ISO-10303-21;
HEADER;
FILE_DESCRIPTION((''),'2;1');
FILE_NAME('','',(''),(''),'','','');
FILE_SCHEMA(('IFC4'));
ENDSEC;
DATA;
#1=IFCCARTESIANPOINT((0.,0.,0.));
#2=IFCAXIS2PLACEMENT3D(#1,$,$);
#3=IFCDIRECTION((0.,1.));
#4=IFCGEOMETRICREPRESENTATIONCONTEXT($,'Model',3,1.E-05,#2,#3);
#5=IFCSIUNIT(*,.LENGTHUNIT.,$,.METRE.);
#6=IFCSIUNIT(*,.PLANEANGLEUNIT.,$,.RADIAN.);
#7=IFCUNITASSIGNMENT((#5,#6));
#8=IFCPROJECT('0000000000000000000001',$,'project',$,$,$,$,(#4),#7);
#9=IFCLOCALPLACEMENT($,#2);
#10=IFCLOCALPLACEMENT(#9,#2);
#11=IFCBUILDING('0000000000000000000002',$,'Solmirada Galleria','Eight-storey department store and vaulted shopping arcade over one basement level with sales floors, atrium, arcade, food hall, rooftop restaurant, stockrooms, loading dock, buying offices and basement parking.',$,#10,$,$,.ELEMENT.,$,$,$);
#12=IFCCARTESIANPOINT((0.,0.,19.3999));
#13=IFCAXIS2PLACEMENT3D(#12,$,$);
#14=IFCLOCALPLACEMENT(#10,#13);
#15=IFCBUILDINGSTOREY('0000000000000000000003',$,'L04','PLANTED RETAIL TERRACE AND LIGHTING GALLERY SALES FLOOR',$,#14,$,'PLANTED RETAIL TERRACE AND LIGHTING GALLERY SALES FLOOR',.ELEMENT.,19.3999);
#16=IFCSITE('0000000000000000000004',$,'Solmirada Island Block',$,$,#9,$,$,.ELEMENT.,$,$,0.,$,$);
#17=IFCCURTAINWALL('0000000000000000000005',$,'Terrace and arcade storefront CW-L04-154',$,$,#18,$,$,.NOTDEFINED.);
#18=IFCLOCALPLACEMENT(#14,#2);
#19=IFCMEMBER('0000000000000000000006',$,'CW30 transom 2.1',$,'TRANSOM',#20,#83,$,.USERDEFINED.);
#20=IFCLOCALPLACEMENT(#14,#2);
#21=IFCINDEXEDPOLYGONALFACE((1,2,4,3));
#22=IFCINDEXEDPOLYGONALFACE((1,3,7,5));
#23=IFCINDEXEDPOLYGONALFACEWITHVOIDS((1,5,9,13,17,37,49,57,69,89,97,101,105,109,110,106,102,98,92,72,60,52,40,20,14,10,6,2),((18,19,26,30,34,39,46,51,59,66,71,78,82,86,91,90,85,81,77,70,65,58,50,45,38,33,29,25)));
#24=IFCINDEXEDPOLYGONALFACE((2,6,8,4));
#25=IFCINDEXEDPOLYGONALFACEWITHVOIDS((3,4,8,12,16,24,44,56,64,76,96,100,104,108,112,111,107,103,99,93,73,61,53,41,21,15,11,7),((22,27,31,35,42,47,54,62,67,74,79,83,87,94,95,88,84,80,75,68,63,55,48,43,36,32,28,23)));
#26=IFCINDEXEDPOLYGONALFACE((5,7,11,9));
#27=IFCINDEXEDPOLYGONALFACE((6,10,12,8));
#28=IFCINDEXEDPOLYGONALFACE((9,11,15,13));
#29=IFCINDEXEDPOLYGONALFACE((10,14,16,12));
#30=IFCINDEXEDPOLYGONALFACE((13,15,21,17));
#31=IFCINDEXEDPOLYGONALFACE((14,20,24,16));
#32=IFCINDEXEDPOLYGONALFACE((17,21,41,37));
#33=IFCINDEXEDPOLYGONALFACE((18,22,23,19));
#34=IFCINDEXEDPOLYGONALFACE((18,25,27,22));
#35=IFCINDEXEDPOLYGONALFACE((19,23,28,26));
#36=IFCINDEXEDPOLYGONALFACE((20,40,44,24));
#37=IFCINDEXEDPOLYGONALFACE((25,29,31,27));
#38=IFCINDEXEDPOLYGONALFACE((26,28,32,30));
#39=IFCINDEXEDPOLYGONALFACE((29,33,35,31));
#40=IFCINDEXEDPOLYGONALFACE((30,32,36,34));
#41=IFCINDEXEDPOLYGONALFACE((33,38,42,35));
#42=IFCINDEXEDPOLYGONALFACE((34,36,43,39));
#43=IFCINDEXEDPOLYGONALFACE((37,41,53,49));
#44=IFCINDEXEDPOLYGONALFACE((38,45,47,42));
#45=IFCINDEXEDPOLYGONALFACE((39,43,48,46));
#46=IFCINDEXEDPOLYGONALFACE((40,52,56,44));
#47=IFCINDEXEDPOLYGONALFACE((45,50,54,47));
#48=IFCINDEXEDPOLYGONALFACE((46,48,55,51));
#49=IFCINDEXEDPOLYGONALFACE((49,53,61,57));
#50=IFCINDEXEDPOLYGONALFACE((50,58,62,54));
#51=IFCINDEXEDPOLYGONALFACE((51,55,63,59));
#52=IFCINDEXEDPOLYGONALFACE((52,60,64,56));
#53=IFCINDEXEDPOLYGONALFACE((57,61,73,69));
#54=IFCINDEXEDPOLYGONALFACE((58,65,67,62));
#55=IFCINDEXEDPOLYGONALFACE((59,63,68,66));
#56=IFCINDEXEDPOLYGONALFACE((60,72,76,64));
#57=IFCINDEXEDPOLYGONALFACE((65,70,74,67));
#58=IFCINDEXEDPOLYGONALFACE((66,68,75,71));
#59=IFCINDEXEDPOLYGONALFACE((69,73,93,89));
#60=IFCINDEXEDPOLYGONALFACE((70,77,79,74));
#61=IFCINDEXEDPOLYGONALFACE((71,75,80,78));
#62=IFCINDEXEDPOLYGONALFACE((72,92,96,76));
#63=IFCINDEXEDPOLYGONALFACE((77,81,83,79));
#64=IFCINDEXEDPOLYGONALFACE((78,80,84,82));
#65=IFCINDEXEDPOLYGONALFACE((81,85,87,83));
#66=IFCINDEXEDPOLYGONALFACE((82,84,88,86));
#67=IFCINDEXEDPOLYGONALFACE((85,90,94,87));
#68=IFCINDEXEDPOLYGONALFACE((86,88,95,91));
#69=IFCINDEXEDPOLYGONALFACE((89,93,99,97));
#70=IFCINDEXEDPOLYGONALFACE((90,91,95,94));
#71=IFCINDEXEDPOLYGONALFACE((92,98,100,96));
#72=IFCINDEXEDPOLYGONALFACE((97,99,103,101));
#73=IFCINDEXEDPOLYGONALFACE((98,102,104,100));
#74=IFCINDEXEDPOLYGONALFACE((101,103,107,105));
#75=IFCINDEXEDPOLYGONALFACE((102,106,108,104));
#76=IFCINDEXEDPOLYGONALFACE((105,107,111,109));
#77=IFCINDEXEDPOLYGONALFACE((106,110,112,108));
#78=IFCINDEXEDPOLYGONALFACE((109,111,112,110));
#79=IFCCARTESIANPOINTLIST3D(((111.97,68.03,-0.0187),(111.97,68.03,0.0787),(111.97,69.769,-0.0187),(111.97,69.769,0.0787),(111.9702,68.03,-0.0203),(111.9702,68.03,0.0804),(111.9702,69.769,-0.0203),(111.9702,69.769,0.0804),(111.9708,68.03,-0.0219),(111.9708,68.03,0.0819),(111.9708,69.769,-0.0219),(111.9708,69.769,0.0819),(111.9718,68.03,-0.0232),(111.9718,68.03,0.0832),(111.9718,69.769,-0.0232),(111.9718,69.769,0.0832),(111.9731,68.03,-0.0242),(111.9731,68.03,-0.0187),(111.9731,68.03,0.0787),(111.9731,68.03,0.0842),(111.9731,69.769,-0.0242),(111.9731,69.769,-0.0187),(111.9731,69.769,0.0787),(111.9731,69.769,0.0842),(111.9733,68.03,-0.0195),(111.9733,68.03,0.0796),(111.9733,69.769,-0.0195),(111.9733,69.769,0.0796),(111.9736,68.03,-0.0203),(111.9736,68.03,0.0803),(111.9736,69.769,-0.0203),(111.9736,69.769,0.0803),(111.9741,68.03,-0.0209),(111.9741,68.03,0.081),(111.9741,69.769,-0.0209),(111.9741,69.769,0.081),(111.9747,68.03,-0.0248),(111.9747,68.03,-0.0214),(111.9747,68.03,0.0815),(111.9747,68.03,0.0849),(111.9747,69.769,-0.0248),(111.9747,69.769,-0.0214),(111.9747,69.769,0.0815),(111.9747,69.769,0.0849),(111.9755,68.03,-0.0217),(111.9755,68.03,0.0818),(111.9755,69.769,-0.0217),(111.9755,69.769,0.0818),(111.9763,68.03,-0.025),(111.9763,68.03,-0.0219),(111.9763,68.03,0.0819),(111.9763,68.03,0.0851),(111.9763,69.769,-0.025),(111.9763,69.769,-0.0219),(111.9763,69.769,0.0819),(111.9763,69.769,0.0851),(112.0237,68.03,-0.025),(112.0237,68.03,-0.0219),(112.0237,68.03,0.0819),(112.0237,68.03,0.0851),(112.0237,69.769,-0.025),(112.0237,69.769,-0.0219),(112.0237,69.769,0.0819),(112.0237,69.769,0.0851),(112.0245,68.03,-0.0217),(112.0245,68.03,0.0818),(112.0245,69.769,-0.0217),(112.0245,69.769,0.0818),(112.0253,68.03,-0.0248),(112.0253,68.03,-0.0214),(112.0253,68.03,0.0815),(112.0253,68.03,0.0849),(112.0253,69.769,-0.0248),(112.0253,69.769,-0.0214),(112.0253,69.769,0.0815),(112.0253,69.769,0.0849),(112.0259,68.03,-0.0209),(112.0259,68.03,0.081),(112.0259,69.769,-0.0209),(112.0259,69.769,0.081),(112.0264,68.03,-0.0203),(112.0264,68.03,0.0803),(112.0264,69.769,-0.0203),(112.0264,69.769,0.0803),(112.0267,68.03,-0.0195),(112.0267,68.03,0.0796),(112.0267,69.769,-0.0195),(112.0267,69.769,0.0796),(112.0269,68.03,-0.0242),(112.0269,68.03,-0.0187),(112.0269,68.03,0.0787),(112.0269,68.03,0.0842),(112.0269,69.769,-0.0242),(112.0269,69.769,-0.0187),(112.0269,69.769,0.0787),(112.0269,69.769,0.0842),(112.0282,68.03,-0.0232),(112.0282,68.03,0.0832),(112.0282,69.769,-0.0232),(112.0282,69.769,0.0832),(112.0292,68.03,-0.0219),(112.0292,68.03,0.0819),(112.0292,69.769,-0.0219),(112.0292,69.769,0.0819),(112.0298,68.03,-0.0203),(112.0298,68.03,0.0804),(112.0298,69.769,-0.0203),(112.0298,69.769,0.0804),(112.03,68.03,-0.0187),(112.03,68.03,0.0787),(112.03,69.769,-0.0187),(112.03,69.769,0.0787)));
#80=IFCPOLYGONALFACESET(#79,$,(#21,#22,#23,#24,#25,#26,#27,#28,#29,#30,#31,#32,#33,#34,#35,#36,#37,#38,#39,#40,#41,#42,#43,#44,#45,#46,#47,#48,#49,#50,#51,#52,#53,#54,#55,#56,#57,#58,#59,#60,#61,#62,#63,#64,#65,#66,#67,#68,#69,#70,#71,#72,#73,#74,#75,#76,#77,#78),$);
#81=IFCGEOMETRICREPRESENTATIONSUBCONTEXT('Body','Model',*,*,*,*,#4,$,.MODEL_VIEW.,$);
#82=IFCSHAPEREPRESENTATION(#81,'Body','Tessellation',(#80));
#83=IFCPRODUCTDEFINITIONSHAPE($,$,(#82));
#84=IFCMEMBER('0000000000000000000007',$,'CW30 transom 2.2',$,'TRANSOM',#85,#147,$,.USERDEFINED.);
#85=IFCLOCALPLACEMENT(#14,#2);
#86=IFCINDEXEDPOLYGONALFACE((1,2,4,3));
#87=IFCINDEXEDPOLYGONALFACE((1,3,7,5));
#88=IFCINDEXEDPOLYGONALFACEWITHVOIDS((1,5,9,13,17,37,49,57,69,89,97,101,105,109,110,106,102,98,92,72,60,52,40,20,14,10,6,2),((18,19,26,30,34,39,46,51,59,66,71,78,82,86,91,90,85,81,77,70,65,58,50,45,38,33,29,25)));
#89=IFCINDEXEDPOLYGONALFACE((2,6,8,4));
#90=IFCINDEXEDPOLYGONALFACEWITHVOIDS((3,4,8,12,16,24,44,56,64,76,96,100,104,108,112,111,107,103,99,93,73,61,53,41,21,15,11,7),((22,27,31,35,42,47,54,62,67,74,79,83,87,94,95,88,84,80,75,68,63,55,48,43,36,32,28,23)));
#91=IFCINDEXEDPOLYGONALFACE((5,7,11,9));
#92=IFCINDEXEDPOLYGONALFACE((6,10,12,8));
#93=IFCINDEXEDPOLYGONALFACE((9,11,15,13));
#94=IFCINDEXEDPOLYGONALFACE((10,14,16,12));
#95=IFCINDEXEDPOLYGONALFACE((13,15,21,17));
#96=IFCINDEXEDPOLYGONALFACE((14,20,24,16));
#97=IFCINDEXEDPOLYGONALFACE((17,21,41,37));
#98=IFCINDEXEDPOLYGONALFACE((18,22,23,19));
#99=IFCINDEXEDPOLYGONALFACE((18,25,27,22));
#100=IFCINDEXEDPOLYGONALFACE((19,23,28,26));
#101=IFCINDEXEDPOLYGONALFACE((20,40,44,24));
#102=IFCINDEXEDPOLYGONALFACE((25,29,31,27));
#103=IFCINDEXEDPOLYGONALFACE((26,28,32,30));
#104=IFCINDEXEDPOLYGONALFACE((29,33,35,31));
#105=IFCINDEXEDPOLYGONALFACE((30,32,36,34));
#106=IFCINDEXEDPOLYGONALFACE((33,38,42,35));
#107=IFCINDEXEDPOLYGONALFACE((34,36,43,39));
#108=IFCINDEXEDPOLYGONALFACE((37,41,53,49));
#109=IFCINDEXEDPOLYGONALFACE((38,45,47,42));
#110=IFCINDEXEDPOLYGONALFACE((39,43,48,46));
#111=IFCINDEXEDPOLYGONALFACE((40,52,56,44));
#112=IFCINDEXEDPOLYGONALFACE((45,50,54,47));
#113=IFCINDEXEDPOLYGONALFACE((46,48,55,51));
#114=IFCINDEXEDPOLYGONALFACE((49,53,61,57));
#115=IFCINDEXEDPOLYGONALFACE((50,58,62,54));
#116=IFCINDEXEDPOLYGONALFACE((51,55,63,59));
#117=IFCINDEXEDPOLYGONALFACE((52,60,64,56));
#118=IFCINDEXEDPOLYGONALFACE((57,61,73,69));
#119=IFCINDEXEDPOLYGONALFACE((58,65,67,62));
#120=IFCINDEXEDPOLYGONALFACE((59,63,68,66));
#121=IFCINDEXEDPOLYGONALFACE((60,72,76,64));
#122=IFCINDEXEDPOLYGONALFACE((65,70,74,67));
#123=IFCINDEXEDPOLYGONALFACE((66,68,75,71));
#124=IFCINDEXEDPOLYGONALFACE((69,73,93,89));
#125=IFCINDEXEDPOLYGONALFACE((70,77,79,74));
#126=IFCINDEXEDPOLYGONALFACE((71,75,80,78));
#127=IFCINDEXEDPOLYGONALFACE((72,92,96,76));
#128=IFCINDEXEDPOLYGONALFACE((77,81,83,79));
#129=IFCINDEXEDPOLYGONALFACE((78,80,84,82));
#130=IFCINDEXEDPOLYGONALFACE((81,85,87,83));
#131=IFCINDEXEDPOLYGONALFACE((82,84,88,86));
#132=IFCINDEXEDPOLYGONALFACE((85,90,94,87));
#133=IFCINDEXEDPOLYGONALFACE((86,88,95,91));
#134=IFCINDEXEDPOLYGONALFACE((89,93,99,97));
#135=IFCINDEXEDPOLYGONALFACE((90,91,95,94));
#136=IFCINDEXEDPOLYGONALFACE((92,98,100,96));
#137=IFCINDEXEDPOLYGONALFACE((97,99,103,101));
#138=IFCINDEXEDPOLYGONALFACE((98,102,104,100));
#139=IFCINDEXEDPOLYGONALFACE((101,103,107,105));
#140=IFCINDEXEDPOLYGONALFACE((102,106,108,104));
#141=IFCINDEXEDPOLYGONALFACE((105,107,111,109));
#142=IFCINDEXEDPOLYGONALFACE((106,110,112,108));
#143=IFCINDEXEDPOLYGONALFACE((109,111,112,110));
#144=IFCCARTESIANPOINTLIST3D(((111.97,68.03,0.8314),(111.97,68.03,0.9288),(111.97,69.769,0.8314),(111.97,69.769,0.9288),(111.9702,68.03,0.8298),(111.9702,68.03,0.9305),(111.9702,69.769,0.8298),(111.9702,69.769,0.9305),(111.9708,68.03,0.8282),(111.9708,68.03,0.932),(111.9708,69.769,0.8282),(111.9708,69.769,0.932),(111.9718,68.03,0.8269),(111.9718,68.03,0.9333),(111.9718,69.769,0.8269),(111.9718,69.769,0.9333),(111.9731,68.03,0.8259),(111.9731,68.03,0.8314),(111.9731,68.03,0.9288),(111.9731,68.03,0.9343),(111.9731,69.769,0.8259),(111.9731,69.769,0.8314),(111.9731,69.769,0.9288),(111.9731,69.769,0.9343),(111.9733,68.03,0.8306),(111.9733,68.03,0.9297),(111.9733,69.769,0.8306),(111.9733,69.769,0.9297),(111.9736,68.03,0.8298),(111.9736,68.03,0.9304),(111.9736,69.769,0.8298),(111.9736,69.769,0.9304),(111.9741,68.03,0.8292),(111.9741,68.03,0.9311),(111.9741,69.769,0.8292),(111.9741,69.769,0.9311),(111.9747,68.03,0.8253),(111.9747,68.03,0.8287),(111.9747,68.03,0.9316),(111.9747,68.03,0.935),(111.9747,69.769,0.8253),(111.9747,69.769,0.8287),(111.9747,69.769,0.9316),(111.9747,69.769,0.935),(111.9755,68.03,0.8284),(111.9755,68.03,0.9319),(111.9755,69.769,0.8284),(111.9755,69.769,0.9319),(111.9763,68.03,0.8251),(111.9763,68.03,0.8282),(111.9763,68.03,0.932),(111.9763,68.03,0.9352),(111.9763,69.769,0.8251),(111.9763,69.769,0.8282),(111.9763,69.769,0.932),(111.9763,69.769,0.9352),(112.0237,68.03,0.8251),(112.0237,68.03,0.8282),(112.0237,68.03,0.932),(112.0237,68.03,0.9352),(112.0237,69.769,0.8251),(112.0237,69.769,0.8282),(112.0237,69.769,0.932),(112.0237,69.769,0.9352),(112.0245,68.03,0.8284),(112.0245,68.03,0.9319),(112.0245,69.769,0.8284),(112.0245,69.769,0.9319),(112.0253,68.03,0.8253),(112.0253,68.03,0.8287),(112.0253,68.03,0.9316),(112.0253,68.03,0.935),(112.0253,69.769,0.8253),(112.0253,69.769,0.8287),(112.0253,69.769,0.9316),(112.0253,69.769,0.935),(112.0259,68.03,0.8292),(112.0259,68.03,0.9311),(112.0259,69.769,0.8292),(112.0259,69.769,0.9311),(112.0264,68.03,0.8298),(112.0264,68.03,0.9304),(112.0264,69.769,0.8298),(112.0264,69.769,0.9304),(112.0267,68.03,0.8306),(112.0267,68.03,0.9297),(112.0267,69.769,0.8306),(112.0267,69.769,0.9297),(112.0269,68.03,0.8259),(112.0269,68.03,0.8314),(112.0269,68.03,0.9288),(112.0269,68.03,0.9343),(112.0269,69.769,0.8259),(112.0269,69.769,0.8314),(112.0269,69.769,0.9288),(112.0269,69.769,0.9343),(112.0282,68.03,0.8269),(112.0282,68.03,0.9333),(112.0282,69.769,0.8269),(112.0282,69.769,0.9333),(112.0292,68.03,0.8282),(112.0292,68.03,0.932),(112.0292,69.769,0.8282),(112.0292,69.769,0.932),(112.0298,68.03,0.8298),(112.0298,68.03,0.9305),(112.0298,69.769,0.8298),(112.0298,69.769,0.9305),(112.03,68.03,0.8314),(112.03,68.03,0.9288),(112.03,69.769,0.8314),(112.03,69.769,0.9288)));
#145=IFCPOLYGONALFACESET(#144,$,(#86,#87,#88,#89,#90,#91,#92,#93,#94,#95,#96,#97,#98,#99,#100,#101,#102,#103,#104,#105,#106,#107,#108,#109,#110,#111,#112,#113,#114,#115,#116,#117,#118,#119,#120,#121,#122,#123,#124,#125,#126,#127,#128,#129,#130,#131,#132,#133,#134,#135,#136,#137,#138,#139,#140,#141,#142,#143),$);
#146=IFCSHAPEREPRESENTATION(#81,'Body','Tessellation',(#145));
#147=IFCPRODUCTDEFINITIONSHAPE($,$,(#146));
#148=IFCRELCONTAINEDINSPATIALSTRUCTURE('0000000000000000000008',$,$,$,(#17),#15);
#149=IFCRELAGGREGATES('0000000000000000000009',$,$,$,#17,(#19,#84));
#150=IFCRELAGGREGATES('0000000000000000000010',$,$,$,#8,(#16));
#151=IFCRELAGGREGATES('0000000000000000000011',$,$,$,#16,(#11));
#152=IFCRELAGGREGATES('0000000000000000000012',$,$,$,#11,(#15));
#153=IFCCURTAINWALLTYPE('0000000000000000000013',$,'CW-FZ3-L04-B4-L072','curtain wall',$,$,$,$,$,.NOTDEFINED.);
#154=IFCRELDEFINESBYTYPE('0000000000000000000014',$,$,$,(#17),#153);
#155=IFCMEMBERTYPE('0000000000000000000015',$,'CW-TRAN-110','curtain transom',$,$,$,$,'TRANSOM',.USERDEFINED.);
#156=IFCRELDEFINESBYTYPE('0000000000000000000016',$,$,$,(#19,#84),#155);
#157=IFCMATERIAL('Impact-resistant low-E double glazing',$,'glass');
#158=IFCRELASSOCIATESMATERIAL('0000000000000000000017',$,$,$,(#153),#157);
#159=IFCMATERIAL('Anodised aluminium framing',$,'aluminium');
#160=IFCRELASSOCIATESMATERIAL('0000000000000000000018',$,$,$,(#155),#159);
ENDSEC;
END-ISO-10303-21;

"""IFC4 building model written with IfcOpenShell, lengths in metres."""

from ifc_helpers import new_model, si_unit, direction, frame, origin, origin_2d, place, context, subcontext, project, spatial, hollow_rectangle, extrude, material, material_profile, profile_set, type_object, element, aggregate, save


model = new_model("IFC4")

# Units and contexts
model_context = context("Model", 3, precision=1e-05, world=origin(), true_north=direction((0.0, 1.0)))
body_context = subcontext(model_context, "Body", "Model", "MODEL_VIEW")
ifc_project = project(units=[si_unit("LENGTHUNIT", "METRE"), si_unit("PLANEANGLEUNIT", "RADIAN")], contexts=[model_context])

# Site, building, storey
site_placement = place(None, origin())
site = spatial("IfcSite", under=ifc_project, at=site_placement, Name="Solmirada Island Block", CompositionType="ELEMENT", RefElevation=0.0)
building_placement = place(site_placement, origin())
building = spatial("IfcBuilding", under=site, at=building_placement, Name="Solmirada Galleria", Description="Eight-storey department store and vaulted shopping arcade over one basement level with sales floors, atrium, arcade, food hall, rooftop restaurant, stockrooms, loading dock, buying offices and basement parking.", CompositionType="ELEMENT")
storey_placement = place(building_placement, frame((0.0, 0.0, 19.3999)))
storey = spatial("IfcBuildingStorey", under=building, at=storey_placement, Name="L04", Description="PLANTED RETAIL TERRACE AND LIGHTING GALLERY SALES FLOOR", LongName="PLANTED RETAIL TERRACE AND LIGHTING GALLERY SALES FLOOR", CompositionType="ELEMENT", Elevation=19.3999)

# Curtain wall, members
ifc_material_1 = material(Name="Impact-resistant low-E double glazing", Category="glass")
curtain_wall_type = type_object("IfcCurtainWallType", Name="CW-FZ3-L04-B4-L072", Description="curtain wall", PredefinedType="NOTDEFINED", material=ifc_material_1)
curtain_wall_placement = place(storey_placement, origin())
curtain_wall = element("IfcCurtainWall", 1, at=curtain_wall_placement, inside=storey, type_object=curtain_wall_type, Name="Terrace and arcade storefront CW-L04-154", PredefinedType="NOTDEFINED")
ifc_material_2 = material(Name="Anodised aluminium framing", Category="aluminium")
ifc_material_profile_1 = material_profile(ifc_material_2, hollow_rectangle(XDim=0.0601, YDim=0.1101, WallThickness=0.0032, InnerFilletRadius=0.0032, OuterFilletRadius=0.0063, at=origin_2d()), Name="ALU-TRAN-110X60")
ifc_profile_set_1 = profile_set([ifc_material_profile_1], Name="Anodised aluminium framing")
member_type_1 = type_object("IfcMemberType", Name="CW-TRAN-110", Description="curtain transom", ElementType="TRANSOM", PredefinedType="USERDEFINED", material=ifc_profile_set_1)
member_1_placement = place(storey_placement, frame((112.0, 69.769, 0.03), z_axis=(0.0, -1.0, 0.0), x_axis=(1.0, 0.0, 0.0)))
member_1 = element("IfcMember", 2, at=member_1_placement, type_object=member_type_1, Name="CW30 transom 2.1", ObjectType="TRANSOM", PredefinedType="USERDEFINED", context=body_context, shape_type="SweptSolid", body=[
    extrude(hollow_rectangle(XDim=0.0601, YDim=0.1101, WallThickness=0.0032, InnerFilletRadius=0.0032, OuterFilletRadius=0.0063, at=origin_2d()), origin(), (0.0, 0.0, 1.0), 1.739),
])
member_2_placement = place(storey_placement, frame((112.0, 69.769, 0.8801), z_axis=(0.0, -1.0, 0.0), x_axis=(1.0, 0.0, 0.0)))
member_2 = element("IfcMember", 3, at=member_2_placement, type_object=member_type_1, Name="CW30 transom 2.2", ObjectType="TRANSOM", PredefinedType="USERDEFINED", context=body_context, shape_type="SweptSolid", body=[
    extrude(hollow_rectangle(XDim=0.0601, YDim=0.1101, WallThickness=0.0032, InnerFilletRadius=0.0032, OuterFilletRadius=0.0063, at=origin_2d()), origin(), (0.0, 0.0, 1.0), 1.739),
])
aggregate(curtain_wall, [member_1, member_2])

save(model, "model.ifc")
